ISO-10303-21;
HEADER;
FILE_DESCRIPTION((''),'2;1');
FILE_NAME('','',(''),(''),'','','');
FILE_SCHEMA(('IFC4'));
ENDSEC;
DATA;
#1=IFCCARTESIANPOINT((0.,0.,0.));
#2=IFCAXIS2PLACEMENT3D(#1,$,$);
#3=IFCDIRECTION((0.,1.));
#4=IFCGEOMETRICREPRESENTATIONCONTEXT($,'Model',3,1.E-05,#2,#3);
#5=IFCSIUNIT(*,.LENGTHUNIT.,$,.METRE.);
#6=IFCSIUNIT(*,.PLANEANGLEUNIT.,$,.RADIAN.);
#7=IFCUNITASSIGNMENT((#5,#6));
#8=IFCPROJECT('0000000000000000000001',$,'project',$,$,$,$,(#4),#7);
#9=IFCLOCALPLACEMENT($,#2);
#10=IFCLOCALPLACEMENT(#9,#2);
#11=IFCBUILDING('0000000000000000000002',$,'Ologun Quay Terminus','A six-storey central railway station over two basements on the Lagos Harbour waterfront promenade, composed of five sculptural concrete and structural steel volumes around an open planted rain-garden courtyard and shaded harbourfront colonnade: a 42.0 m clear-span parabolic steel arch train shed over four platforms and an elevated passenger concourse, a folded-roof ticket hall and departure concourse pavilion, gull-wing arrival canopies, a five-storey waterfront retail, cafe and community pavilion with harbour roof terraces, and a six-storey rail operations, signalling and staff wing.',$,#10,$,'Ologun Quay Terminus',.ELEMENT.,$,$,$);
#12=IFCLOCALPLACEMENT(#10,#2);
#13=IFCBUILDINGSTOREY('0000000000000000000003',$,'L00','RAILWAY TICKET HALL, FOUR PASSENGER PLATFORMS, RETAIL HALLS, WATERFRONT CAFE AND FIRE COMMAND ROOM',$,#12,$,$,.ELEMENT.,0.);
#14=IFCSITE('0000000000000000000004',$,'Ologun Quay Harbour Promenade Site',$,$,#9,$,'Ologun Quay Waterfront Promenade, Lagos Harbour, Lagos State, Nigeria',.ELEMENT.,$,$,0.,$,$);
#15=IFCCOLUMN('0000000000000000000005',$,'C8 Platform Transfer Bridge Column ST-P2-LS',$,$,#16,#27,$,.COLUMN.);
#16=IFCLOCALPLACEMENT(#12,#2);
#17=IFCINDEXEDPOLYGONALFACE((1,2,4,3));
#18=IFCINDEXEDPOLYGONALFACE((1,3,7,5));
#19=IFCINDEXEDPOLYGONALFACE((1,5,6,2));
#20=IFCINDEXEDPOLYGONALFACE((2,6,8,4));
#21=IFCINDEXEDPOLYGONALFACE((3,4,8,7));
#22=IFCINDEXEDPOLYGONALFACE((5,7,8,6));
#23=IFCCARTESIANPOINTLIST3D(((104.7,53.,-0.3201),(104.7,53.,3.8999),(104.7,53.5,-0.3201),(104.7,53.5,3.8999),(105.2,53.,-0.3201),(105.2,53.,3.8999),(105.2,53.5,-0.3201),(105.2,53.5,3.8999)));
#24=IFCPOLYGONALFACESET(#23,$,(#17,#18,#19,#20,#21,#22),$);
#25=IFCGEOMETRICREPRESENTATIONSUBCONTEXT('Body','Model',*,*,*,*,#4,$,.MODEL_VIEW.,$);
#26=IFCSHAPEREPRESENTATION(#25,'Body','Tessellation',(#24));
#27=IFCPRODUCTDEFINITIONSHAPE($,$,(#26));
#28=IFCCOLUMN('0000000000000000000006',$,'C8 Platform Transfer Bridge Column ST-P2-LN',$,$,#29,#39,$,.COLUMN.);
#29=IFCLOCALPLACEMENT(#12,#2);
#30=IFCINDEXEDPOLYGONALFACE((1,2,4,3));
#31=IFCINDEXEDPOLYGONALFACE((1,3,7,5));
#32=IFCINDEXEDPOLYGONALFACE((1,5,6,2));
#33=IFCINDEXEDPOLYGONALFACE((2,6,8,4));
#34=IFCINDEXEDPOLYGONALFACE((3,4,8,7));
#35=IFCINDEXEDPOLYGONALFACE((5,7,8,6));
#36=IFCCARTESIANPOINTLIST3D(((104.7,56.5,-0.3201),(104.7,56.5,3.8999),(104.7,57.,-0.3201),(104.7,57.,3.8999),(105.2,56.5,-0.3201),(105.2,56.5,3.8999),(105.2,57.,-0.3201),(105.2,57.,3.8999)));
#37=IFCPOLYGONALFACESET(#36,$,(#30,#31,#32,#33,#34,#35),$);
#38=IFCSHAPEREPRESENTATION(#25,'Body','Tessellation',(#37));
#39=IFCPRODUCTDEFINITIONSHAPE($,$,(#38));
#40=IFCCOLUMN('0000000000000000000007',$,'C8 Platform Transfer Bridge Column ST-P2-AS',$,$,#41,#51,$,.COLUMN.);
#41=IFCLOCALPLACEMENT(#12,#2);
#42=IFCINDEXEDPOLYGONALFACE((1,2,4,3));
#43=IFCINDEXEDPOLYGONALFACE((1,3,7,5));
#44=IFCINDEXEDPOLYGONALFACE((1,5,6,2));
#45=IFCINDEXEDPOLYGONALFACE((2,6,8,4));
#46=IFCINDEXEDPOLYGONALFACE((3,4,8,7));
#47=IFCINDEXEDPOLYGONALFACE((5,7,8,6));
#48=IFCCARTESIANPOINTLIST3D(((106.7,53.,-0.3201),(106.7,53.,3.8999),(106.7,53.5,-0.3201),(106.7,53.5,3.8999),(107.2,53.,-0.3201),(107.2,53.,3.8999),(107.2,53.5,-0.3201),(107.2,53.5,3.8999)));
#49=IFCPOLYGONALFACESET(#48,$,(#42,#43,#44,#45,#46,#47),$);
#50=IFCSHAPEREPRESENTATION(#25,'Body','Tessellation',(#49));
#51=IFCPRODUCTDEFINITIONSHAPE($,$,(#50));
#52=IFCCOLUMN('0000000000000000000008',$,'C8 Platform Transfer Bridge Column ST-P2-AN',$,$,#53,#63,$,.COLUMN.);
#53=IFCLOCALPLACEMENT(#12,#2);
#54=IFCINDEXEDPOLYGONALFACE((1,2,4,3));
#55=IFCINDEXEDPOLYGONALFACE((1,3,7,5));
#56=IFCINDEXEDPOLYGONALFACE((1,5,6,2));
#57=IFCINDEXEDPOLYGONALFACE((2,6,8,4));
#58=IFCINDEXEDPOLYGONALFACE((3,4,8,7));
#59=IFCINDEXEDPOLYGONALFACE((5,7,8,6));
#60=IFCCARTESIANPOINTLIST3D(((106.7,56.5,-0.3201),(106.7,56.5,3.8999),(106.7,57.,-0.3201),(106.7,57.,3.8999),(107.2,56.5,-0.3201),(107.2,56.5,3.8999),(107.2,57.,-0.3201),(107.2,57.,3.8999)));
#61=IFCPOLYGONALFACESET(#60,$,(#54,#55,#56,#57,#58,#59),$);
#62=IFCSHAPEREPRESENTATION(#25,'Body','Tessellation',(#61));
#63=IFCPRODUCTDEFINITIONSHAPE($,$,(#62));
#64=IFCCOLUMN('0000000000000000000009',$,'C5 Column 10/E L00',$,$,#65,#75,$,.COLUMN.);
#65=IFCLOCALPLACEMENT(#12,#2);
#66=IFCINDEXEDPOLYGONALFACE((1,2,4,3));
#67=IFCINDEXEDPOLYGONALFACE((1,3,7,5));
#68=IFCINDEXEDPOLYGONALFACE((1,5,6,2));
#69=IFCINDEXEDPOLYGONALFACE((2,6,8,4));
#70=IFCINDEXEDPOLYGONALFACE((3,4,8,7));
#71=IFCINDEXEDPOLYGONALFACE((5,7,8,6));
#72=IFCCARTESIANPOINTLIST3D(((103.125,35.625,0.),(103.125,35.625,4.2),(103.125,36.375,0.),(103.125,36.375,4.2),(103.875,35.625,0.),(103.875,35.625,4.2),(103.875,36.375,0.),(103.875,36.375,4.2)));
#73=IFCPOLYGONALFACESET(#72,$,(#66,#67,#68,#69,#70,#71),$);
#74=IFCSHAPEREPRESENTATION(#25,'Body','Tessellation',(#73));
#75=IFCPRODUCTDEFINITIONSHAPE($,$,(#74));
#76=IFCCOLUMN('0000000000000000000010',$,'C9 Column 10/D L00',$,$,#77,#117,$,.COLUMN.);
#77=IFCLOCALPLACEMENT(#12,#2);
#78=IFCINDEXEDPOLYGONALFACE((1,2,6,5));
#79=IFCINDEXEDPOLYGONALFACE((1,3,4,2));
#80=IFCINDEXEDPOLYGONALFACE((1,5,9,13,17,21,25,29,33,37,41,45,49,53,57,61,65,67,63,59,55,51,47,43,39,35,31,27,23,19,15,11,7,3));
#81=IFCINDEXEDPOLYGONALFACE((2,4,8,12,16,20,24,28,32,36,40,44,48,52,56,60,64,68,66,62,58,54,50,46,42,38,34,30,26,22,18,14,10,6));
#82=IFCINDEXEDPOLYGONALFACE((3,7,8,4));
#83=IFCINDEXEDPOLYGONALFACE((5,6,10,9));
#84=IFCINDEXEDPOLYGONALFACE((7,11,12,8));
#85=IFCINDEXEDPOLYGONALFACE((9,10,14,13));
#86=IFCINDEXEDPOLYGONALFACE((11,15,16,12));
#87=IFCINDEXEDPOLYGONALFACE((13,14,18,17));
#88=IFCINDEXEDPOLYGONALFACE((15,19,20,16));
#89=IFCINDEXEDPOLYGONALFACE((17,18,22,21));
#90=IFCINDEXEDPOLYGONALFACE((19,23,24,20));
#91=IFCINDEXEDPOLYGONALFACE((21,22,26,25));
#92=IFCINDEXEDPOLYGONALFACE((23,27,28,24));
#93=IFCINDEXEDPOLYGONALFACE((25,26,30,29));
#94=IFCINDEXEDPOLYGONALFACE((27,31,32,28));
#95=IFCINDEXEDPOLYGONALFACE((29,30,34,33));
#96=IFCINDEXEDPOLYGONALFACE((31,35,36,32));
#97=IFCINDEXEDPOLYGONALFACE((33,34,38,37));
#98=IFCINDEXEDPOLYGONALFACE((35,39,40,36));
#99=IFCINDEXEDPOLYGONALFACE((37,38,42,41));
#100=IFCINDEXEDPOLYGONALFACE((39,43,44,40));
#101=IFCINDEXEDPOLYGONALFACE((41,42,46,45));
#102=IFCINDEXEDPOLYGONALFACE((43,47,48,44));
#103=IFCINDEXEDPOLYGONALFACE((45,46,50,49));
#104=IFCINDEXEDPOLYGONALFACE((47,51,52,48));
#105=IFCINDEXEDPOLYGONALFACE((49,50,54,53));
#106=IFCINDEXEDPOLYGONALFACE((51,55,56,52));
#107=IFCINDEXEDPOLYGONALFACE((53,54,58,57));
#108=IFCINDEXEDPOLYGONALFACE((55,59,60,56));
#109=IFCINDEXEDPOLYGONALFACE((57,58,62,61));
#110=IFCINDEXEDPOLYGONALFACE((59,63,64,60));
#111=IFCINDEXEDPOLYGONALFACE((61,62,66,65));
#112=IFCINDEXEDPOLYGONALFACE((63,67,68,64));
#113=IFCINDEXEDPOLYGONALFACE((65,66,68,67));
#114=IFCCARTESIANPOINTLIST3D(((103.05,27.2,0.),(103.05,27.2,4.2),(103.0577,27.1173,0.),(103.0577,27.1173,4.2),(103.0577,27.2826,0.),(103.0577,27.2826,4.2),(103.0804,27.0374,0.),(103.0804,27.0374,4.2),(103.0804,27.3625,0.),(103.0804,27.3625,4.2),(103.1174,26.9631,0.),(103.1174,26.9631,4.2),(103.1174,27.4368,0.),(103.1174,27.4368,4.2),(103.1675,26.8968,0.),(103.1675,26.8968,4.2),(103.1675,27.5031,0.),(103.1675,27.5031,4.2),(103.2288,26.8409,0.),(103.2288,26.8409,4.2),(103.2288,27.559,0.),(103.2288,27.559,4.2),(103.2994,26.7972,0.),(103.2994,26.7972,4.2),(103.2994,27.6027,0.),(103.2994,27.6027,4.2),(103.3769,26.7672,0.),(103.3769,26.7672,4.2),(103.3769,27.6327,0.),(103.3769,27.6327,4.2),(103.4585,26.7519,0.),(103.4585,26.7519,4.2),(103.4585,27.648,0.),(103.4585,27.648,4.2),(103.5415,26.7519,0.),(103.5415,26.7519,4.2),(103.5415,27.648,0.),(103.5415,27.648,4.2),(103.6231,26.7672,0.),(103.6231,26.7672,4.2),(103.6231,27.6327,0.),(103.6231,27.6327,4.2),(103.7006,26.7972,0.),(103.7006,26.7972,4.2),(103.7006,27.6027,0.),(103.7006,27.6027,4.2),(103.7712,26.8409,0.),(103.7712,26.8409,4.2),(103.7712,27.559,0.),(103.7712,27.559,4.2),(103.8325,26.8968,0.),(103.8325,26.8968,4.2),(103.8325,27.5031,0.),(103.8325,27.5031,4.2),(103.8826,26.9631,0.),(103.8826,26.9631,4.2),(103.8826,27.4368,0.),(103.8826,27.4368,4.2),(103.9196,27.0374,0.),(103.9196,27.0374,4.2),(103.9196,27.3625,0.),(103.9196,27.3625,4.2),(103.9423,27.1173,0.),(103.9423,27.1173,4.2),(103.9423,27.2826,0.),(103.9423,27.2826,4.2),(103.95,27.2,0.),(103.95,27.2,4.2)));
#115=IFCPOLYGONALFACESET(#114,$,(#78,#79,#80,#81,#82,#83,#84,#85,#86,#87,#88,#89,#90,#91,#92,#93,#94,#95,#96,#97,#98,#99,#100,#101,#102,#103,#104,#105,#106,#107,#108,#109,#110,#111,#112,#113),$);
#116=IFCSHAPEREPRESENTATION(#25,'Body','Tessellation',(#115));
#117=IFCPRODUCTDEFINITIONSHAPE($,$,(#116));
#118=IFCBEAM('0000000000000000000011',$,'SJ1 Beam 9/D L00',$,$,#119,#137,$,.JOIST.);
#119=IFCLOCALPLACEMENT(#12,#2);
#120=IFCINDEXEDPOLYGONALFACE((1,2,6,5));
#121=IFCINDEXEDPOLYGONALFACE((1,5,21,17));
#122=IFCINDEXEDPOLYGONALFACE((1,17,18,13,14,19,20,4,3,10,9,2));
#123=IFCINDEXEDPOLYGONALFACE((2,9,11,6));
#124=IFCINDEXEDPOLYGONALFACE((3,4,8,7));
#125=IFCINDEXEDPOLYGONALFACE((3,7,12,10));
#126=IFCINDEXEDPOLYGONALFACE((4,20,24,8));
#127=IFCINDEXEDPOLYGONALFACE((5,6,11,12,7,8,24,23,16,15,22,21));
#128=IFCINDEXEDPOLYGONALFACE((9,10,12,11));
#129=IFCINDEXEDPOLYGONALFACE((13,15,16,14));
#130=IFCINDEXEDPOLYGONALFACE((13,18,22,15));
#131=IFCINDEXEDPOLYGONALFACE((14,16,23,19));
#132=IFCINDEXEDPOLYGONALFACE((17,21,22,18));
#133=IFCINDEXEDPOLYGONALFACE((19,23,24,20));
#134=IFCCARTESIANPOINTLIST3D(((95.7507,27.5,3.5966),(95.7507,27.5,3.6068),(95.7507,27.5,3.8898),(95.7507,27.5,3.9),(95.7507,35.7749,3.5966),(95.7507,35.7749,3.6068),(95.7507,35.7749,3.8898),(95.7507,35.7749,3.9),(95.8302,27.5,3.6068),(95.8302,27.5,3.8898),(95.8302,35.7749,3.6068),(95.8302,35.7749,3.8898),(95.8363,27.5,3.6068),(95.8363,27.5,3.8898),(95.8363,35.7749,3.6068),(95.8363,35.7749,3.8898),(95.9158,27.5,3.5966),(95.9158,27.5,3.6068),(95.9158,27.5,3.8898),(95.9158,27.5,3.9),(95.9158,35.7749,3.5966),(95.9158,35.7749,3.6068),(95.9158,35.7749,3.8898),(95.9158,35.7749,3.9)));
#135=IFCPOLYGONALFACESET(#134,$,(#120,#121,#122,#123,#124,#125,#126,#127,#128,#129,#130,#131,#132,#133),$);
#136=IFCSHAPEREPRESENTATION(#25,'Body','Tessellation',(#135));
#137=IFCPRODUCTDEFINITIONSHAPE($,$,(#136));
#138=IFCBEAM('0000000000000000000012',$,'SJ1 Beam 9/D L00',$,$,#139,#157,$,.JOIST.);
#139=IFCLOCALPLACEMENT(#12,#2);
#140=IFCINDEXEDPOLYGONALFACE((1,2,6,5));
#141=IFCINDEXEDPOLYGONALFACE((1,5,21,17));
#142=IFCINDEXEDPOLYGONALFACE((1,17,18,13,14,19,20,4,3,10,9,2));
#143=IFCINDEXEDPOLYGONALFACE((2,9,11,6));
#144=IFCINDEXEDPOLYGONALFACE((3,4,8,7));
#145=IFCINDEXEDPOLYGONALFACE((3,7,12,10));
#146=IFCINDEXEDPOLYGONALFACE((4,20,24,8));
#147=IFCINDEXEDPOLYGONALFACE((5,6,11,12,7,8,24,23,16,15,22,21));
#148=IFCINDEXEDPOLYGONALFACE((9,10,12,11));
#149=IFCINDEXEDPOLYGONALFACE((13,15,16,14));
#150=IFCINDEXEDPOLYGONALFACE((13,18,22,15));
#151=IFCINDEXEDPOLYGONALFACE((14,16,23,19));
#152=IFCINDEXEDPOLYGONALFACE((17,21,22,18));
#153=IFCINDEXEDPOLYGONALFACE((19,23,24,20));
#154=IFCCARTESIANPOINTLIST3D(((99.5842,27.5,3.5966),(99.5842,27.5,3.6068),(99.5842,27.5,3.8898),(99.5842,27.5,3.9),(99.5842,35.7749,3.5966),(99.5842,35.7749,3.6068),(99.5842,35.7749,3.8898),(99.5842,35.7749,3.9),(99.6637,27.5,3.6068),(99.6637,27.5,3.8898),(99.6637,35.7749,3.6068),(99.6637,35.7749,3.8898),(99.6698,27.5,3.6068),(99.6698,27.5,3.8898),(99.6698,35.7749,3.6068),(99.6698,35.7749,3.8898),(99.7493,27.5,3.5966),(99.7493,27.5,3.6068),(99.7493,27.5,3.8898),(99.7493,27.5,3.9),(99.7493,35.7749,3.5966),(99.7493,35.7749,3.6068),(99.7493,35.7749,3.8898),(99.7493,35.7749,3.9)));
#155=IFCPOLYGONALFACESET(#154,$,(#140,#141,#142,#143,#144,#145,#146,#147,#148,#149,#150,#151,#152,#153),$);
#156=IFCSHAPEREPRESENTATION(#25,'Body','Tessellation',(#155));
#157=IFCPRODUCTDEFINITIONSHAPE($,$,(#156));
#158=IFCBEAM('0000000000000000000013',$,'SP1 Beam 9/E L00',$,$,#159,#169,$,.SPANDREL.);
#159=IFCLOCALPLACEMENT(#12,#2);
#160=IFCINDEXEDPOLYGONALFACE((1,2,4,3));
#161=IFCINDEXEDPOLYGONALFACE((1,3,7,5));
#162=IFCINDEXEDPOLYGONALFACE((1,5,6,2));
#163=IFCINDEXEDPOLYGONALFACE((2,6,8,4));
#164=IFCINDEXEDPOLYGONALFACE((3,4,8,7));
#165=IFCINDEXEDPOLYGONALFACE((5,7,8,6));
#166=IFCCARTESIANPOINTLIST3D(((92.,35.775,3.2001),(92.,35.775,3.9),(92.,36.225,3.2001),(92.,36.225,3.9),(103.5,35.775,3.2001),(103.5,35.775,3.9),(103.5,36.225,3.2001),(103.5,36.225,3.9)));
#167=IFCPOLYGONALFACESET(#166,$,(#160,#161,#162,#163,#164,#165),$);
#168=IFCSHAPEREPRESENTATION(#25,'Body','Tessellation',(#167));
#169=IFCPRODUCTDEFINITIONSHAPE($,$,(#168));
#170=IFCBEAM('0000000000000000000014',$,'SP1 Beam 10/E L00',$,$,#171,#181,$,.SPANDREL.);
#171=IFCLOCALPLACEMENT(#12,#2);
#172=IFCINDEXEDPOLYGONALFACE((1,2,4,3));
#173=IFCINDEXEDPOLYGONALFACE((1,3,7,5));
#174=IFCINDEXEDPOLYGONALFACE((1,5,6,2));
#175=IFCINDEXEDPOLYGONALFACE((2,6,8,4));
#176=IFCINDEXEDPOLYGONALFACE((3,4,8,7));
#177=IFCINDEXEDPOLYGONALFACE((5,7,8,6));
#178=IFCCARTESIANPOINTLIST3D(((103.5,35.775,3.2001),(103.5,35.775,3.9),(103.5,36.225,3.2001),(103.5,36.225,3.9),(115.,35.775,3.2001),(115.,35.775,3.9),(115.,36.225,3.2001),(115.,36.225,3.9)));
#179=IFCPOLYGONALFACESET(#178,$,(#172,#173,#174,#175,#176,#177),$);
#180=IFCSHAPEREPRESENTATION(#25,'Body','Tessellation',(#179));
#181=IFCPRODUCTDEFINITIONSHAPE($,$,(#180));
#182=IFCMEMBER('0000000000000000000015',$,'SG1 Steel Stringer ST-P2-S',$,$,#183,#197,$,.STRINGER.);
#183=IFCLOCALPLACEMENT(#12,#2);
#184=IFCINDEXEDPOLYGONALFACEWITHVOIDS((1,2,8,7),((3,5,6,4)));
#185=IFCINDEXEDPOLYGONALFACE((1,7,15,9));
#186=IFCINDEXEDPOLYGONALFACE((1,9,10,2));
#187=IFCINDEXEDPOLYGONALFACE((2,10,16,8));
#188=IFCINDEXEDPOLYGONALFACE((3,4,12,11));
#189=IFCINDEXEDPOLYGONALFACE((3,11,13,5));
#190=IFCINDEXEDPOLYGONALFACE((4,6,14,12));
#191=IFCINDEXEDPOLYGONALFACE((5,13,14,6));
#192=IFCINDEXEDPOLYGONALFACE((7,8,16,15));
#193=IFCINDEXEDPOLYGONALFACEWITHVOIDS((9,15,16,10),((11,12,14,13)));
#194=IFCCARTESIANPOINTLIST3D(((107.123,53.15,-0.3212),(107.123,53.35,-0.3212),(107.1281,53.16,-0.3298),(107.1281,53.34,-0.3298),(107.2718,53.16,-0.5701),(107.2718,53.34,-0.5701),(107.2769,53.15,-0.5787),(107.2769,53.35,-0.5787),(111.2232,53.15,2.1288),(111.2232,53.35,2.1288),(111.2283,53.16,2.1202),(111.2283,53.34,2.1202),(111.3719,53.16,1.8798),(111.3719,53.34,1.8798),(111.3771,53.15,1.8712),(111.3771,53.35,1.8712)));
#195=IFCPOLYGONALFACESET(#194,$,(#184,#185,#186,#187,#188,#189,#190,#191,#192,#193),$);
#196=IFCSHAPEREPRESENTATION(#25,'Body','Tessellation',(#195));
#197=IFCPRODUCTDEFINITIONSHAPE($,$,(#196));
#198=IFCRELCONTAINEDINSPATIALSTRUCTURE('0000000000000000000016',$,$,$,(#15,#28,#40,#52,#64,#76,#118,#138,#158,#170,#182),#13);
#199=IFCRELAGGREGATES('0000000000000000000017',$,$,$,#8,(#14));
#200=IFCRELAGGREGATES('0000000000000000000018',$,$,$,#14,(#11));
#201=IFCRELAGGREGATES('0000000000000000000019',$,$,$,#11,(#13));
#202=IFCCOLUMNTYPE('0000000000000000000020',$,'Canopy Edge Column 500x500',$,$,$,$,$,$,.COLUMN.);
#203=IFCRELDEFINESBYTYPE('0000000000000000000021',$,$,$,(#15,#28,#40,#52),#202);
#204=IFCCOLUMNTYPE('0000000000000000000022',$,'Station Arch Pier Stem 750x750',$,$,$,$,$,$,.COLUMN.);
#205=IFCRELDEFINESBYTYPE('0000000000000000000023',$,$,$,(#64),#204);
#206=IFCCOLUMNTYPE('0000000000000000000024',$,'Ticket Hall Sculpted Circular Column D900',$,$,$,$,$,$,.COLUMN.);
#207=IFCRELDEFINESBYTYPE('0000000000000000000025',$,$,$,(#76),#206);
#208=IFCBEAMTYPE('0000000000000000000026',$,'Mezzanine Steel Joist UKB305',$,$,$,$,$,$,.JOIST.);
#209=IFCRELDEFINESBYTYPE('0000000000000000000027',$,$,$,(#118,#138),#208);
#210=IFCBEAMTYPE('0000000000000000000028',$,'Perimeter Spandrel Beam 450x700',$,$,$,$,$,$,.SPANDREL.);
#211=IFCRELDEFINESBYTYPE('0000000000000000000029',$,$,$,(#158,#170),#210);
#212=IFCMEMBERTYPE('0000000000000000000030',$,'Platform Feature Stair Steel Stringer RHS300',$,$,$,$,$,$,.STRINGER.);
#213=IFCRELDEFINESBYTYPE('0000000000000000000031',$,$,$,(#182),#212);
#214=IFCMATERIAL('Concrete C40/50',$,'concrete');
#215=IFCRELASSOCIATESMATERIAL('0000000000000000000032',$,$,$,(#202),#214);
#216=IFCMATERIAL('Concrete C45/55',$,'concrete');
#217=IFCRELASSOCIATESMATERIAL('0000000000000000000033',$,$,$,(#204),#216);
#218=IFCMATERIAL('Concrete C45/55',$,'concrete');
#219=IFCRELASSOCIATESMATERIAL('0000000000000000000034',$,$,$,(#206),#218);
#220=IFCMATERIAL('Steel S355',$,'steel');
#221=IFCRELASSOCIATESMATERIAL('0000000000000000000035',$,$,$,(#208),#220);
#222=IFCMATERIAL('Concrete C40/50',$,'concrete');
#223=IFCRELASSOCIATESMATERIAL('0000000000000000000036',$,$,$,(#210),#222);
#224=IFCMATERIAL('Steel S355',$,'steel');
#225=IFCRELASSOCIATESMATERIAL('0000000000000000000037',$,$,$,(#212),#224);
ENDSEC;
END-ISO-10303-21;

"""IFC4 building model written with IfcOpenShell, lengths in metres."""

from ifc_helpers import new_model, si_unit, direction, frame, origin, origin_2d, place, context, subcontext, project, spatial, rectangle, hollow_rectangle, circle, i_section, extrude, material, material_profile, profile_set, type_object, element, save


model = new_model("IFC4")

# Units and contexts
model_context = context("Model", 3, precision=1e-05, world=origin(), true_north=direction((0.0, 1.0)))
body_context = subcontext(model_context, "Body", "Model", "MODEL_VIEW")
ifc_project = project(units=[si_unit("LENGTHUNIT", "METRE"), si_unit("PLANEANGLEUNIT", "RADIAN")], contexts=[model_context])

# Site, building, storey
site_placement = place(None, origin())
site = spatial("IfcSite", under=ifc_project, at=site_placement, Name="Ologun Quay Harbour Promenade Site", LongName="Ologun Quay Waterfront Promenade, Lagos Harbour, Lagos State, Nigeria", CompositionType="ELEMENT", RefElevation=0.0)
building_placement = place(site_placement, origin())
building = spatial("IfcBuilding", under=site, at=building_placement, Name="Ologun Quay Terminus", Description="A six-storey central railway station over two basements on the Lagos Harbour waterfront promenade, composed of five sculptural concrete and structural steel volumes around an open planted rain-garden courtyard and shaded harbourfront colonnade: a 42.0 m clear-span parabolic steel arch train shed over four platforms and an elevated passenger concourse, a folded-roof ticket hall and departure concourse pavilion, gull-wing arrival canopies, a five-storey waterfront retail, cafe and community pavilion with harbour roof terraces, and a six-storey rail operations, signalling and staff wing.", LongName="Ologun Quay Terminus", CompositionType="ELEMENT")
storey_placement = place(building_placement, origin())
storey = spatial("IfcBuildingStorey", under=building, at=storey_placement, Name="L00", Description="RAILWAY TICKET HALL, FOUR PASSENGER PLATFORMS, RETAIL HALLS, WATERFRONT CAFE AND FIRE COMMAND ROOM", CompositionType="ELEMENT", Elevation=0.0)

# Columns
ifc_material_1 = material(Name="Concrete C40/50", Category="concrete")
ifc_material_profile_1 = material_profile(ifc_material_1, rectangle(XDim=0.5, YDim=0.5, at=origin_2d()), Name="RC 500x500")
ifc_profile_set_1 = profile_set([ifc_material_profile_1], Name="Concrete C40/50")
column_type_1 = type_object("IfcColumnType", Name="Canopy Edge Column 500x500", PredefinedType="COLUMN", material=ifc_profile_set_1)
for number, where, z_axis, x_axis, name in (
    (1, (104.95, 53.25, -0.3201), (0.0, 0.0, 1.0), (1.0, 0.0, 0.0), "C8 Platform Transfer Bridge Column ST-P2-LS"),
    (2, (104.95, 56.75, -0.3201), (0.0, 0.0, 1.0), (1.0, 0.0, 0.0), "C8 Platform Transfer Bridge Column ST-P2-LN"),
    (3, (106.95, 53.25, -0.3201), (0.0, 0.0, 1.0), (1.0, 0.0, 0.0), "C8 Platform Transfer Bridge Column ST-P2-AS"),
    (4, (106.95, 56.75, -0.3201), (0.0, 0.0, 1.0), (1.0, 0.0, 0.0), "C8 Platform Transfer Bridge Column ST-P2-AN"),
):
    element("IfcColumn", number, at=place(storey_placement, frame(where, z_axis=z_axis, x_axis=x_axis)), inside=storey, type_object=column_type_1, Name=name, PredefinedType="COLUMN", context=body_context, shape_type="SweptSolid", body=[
        extrude(rectangle(XDim=0.5, YDim=0.5, at=origin_2d()), origin(), (0.0, 0.0, 1.0), 4.22),
    ])
ifc_material_2 = material(Name="Concrete C45/55", Category="concrete")
ifc_material_profile_2 = material_profile(ifc_material_2, rectangle(XDim=0.75, YDim=0.75, at=origin_2d()), Name="RC 750x750")
ifc_profile_set_2 = profile_set([ifc_material_profile_2], Name="Concrete C45/55")
column_type_2 = type_object("IfcColumnType", Name="Station Arch Pier Stem 750x750", PredefinedType="COLUMN", material=ifc_profile_set_2)
column_1_placement = place(storey_placement, frame((103.5, 36.0, 0.0), z_axis=(0.0, 0.0, 1.0), x_axis=(1.0, 0.0, 0.0)))
element("IfcColumn", 5, at=column_1_placement, inside=storey, type_object=column_type_2, Name="C5 Column 10/E L00", PredefinedType="COLUMN", context=body_context, shape_type="SweptSolid", body=[
    extrude(rectangle(XDim=0.75, YDim=0.75, at=origin_2d()), origin(), (0.0, 0.0, 1.0), 4.2),
])
ifc_material_3 = material(Name="Concrete C45/55", Category="concrete")
ifc_material_profile_3 = material_profile(ifc_material_3, circle(Radius=0.45, at=origin_2d()), Name="RC D900")
ifc_profile_set_3 = profile_set([ifc_material_profile_3], Name="Concrete C45/55")
column_type_3 = type_object("IfcColumnType", Name="Ticket Hall Sculpted Circular Column D900", PredefinedType="COLUMN", material=ifc_profile_set_3)
column_2_placement = place(storey_placement, frame((103.5, 27.2, 0.0), z_axis=(0.0, 0.0, 1.0), x_axis=(1.0, 0.0, 0.0)))
element("IfcColumn", 6, at=column_2_placement, inside=storey, type_object=column_type_3, Name="C9 Column 10/D L00", PredefinedType="COLUMN", context=body_context, shape_type="SweptSolid", body=[
    extrude(circle(Radius=0.45, at=origin_2d()), origin(), (0.0, 0.0, 1.0), 4.2),
])

# Beams
ifc_material_4 = material(Name="Steel S355", Category="steel")
ifc_material_profile_4 = material_profile(ifc_material_4, i_section(OverallWidth=0.165, OverallDepth=0.3035, WebThickness=0.0061, FlangeThickness=0.0103, at=origin_2d()), Name="UKB 305x165x40")
ifc_profile_set_4 = profile_set([ifc_material_profile_4], Name="Steel S355")
beam_type_1 = type_object("IfcBeamType", Name="Mezzanine Steel Joist UKB305", PredefinedType="JOIST", material=ifc_profile_set_4)
for number, where, z_axis, x_axis, name in (
    (7, (95.8333, 27.5, 3.7483), (0.0, 1.0, 0.0), (-1.0, 0.0, 0.0), "SJ1 Beam 9/D L00"),
    (8, (99.6667, 27.5, 3.7483), (0.0, 1.0, 0.0), (-1.0, 0.0, 0.0), "SJ1 Beam 9/D L00"),
):
    element("IfcBeam", number, at=place(storey_placement, frame(where, z_axis=z_axis, x_axis=x_axis)), inside=storey, type_object=beam_type_1, Name=name, PredefinedType="JOIST", context=body_context, shape_type="SweptSolid", body=[
        extrude(i_section(OverallWidth=0.165, OverallDepth=0.3035, WebThickness=0.0061, FlangeThickness=0.0103, at=origin_2d()), origin(), (0.0, 0.0, 1.0), 8.2749),
    ])
ifc_material_5 = material(Name="Concrete C40/50", Category="concrete")
ifc_material_profile_5 = material_profile(ifc_material_5, rectangle(XDim=0.45, YDim=0.7, at=origin_2d()), Name="RC 450x700")
ifc_profile_set_5 = profile_set([ifc_material_profile_5], Name="Concrete C40/50")
beam_type_2 = type_object("IfcBeamType", Name="Perimeter Spandrel Beam 450x700", PredefinedType="SPANDREL", material=ifc_profile_set_5)
for number, where, z_axis, x_axis, name in (
    (9, (92.0, 36.0, 3.55), (1.0, 0.0, 0.0), (0.0, 1.0, 0.0), "SP1 Beam 9/E L00"),
    (10, (103.5, 36.0, 3.55), (1.0, 0.0, 0.0), (0.0, 1.0, 0.0), "SP1 Beam 10/E L00"),
):
    element("IfcBeam", number, at=place(storey_placement, frame(where, z_axis=z_axis, x_axis=x_axis)), inside=storey, type_object=beam_type_2, Name=name, PredefinedType="SPANDREL", context=body_context, shape_type="SweptSolid", body=[
        extrude(rectangle(XDim=0.45, YDim=0.7, at=origin_2d()), origin(), (0.0, 0.0, 1.0), 11.5),
    ])

# Member
ifc_material_6 = material(Name="Steel S355", Category="steel")
ifc_material_profile_6 = material_profile(ifc_material_6, hollow_rectangle(XDim=0.2, YDim=0.3, WallThickness=0.01, at=origin_2d()), Name="RHS 300x200x10")
ifc_profile_set_6 = profile_set([ifc_material_profile_6], Name="Steel S355")
member_type = type_object("IfcMemberType", Name="Platform Feature Stair Steel Stringer RHS300", PredefinedType="STRINGER", material=ifc_profile_set_6)
for number, where, z_axis, x_axis, name in (
    (11, (107.2, 53.25, -0.45), (0.858425, 0.0, 0.512939), (0.0, 1.0, 0.0), "SG1 Steel Stringer ST-P2-S"),
):
    element("IfcMember", number, at=place(storey_placement, frame(where, z_axis=z_axis, x_axis=x_axis)), inside=storey, type_object=member_type, Name=name, PredefinedType="STRINGER", context=body_context, shape_type="SweptSolid", body=[
        extrude(hollow_rectangle(XDim=0.2, YDim=0.3, WallThickness=0.01, at=origin_2d()), origin(), (0.0, 0.0, 1.0), 4.7764),
    ])

save(model, "model.ifc")
